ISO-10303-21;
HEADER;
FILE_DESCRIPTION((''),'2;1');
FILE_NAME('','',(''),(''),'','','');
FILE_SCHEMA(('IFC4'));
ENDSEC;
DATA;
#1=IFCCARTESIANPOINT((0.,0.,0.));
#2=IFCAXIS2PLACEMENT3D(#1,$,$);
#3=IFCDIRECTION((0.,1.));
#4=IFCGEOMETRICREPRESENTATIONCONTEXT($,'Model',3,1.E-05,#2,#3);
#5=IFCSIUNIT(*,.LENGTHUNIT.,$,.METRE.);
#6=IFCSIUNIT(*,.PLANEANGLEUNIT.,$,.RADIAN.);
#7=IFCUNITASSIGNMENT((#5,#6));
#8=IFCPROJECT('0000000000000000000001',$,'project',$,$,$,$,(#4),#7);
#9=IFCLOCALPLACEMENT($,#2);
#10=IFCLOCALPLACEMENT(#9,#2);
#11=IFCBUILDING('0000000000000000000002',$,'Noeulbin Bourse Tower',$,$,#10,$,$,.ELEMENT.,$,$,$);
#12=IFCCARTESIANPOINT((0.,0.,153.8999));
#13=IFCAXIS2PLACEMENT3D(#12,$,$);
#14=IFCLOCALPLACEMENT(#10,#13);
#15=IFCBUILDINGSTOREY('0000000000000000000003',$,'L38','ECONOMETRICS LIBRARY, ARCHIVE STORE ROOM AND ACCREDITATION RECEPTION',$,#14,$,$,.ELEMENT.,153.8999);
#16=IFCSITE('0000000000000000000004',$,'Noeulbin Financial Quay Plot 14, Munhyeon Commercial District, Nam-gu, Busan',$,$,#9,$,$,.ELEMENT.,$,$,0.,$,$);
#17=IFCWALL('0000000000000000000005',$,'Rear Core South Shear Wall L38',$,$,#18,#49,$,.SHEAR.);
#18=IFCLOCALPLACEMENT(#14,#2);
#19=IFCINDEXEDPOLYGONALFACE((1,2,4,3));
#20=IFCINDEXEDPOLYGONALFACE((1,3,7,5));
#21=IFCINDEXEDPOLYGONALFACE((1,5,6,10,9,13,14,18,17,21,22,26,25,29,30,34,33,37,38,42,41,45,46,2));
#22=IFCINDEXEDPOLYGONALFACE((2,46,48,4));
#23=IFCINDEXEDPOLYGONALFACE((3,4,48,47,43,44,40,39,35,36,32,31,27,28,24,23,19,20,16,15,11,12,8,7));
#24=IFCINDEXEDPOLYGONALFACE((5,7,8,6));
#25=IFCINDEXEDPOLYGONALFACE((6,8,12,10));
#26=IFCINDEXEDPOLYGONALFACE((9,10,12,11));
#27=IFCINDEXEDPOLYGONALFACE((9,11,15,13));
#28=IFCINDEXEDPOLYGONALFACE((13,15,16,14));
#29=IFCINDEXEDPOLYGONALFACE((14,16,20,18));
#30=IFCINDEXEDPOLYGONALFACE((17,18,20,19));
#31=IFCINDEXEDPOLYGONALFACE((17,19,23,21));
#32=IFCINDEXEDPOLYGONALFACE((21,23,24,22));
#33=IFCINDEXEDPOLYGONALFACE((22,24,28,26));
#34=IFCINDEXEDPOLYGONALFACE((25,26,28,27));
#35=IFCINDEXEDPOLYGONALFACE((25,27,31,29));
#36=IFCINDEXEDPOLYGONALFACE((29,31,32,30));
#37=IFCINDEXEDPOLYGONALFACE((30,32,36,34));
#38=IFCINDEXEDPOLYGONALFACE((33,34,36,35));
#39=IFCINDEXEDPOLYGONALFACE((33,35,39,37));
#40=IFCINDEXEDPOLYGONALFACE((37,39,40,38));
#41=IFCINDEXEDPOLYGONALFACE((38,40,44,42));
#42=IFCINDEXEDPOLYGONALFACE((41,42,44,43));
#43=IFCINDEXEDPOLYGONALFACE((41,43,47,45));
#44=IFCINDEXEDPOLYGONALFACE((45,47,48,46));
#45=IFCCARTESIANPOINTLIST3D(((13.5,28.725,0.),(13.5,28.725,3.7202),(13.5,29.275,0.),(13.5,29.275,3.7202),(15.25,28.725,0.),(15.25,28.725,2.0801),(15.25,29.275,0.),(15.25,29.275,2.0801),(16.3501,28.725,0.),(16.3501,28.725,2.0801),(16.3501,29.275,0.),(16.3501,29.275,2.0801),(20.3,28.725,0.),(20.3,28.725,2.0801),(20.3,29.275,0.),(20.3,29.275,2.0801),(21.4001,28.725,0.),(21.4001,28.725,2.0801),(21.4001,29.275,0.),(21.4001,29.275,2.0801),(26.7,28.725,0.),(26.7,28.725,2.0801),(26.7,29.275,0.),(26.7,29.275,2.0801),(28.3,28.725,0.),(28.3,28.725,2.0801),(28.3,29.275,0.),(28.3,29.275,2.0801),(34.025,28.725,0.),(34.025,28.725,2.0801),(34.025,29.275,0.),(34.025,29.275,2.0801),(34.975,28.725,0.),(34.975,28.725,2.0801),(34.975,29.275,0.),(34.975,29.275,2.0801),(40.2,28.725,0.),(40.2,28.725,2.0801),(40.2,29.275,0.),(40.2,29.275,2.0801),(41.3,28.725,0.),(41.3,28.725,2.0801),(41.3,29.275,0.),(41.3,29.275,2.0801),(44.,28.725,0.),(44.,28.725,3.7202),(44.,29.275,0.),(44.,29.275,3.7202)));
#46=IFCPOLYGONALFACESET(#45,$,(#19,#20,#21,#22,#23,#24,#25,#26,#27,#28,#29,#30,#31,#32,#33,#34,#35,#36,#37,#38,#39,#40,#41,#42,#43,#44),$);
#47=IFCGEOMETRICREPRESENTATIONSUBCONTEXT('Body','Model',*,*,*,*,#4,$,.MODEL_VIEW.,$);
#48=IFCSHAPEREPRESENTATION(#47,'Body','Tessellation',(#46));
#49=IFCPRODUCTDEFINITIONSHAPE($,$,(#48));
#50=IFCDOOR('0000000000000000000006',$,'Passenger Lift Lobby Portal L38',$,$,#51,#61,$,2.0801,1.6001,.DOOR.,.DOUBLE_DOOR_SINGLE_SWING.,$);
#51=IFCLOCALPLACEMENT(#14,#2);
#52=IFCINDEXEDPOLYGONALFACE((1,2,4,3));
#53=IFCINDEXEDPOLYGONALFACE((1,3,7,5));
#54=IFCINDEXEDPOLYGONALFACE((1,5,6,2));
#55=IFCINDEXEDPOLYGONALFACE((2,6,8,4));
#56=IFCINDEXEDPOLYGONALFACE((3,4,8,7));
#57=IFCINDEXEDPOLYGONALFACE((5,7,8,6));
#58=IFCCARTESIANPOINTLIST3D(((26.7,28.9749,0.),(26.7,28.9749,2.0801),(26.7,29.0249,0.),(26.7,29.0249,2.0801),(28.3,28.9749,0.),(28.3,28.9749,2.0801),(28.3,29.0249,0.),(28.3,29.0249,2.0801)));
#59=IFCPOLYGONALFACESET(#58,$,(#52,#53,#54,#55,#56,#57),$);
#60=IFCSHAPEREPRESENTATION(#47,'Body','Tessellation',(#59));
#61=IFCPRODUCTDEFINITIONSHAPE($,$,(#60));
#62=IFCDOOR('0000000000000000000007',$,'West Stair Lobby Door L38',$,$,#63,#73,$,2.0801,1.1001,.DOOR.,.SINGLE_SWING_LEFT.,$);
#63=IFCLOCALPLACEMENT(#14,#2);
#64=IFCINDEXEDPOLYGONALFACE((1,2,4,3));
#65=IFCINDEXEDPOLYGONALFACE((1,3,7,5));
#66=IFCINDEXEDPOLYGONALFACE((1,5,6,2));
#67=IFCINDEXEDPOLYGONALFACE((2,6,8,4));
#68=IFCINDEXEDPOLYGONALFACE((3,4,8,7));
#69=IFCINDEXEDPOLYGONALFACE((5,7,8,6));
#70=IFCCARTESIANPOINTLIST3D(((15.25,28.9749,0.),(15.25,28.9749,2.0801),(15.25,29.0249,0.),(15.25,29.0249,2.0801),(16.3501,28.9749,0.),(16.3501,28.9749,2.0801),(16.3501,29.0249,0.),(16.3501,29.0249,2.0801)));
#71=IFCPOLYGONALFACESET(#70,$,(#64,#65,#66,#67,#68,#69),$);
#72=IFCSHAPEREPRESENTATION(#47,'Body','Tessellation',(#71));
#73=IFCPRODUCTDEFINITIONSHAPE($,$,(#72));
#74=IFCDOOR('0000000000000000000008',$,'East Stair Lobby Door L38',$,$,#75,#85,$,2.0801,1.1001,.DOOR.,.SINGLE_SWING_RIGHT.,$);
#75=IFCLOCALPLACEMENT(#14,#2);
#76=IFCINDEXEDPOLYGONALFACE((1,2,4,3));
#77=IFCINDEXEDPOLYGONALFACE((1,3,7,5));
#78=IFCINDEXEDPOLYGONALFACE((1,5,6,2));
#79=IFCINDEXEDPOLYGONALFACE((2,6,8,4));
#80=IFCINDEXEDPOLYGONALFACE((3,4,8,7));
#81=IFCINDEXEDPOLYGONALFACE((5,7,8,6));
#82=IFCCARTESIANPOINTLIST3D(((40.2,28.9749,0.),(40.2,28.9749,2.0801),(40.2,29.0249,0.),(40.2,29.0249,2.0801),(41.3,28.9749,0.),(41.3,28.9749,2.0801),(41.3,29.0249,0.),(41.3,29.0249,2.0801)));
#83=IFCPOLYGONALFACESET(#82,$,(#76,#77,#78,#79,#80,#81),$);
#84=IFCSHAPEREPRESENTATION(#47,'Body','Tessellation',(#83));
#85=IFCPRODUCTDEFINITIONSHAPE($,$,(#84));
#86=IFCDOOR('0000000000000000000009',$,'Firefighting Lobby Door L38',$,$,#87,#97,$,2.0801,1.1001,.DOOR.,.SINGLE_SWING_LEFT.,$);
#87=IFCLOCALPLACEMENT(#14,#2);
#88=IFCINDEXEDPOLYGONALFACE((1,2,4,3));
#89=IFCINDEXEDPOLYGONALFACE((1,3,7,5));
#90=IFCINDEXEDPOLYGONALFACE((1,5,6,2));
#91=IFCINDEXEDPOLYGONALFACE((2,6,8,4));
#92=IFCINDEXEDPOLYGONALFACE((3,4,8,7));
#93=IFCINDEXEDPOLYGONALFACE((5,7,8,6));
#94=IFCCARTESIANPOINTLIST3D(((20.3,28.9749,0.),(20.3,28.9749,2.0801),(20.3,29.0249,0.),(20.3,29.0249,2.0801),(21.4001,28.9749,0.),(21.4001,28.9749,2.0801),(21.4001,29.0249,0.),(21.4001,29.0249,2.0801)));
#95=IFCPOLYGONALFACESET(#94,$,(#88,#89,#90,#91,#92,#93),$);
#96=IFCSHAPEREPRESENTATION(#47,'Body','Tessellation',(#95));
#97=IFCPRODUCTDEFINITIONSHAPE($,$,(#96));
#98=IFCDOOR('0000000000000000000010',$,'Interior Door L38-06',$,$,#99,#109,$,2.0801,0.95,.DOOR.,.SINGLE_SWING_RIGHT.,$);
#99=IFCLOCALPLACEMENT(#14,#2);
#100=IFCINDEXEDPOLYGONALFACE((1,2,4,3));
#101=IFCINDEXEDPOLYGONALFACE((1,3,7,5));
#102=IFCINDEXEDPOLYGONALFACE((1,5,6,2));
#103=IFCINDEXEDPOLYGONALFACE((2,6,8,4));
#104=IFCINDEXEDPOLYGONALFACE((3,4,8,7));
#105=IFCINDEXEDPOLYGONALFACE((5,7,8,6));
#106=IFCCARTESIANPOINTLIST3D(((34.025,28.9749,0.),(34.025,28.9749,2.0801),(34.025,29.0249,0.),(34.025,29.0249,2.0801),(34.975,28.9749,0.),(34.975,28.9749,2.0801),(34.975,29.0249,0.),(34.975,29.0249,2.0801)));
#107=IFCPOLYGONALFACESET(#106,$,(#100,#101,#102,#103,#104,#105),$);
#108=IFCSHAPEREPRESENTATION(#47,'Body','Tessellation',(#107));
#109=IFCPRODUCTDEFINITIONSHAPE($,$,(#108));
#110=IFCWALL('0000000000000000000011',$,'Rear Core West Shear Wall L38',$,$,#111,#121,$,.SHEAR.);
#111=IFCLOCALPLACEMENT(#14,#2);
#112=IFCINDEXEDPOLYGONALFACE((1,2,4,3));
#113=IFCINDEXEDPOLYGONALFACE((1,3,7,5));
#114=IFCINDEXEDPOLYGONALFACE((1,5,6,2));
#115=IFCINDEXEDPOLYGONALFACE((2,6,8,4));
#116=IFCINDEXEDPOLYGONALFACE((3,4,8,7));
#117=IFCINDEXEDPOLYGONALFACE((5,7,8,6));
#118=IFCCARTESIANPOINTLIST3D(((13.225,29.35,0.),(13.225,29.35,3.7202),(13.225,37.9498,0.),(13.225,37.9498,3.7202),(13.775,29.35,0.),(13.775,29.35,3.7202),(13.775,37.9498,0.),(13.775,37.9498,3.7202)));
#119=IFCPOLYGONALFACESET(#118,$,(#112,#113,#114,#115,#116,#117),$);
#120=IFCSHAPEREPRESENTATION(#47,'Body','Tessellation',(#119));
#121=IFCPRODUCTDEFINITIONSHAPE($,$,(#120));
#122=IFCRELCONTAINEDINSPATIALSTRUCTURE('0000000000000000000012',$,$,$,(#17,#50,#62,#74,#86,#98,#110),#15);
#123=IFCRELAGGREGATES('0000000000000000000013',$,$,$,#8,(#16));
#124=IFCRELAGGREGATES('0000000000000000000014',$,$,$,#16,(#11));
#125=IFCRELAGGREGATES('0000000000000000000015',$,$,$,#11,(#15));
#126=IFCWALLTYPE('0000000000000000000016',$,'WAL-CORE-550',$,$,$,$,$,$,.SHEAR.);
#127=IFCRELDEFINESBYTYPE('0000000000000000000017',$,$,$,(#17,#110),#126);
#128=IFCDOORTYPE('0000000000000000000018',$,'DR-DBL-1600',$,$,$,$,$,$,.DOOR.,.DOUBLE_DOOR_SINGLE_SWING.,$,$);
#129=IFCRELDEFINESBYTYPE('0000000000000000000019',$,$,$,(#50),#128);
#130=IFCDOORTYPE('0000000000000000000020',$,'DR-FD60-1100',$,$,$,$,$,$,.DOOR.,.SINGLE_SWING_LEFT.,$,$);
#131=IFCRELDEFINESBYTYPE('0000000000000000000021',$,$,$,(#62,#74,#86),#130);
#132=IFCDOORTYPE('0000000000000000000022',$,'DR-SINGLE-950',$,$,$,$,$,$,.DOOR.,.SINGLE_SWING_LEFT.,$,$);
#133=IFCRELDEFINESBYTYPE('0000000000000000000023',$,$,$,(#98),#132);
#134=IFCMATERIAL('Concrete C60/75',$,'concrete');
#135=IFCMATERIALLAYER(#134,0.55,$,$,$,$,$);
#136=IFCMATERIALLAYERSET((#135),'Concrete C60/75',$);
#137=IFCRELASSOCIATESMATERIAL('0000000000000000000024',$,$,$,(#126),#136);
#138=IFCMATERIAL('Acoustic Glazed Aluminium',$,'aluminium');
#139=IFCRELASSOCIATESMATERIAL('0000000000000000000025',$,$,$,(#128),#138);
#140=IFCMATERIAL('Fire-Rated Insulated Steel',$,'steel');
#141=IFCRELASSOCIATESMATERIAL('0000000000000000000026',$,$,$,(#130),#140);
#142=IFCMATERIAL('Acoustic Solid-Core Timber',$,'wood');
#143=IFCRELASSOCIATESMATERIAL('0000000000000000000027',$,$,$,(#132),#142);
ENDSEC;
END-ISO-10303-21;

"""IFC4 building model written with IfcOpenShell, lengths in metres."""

from ifc_helpers import new_model, si_unit, direction, frame, frame_2d, origin, place, context, subcontext, project, spatial, rectangle, extrude, material, layer, layer_set, type_object, element, fill, save


model = new_model("IFC4")

# Units and contexts
model_context = context("Model", 3, precision=1e-05, world=origin(), true_north=direction((0.0, 1.0)))
body_context = subcontext(model_context, "Body", "Model", "MODEL_VIEW")
ifc_project = project(units=[si_unit("LENGTHUNIT", "METRE"), si_unit("PLANEANGLEUNIT", "RADIAN")], contexts=[model_context])

# Site, building, storey
site_placement = place(None, origin())
site = spatial("IfcSite", under=ifc_project, at=site_placement, Name="Noeulbin Financial Quay Plot 14, Munhyeon Commercial District, Nam-gu, Busan", CompositionType="ELEMENT", RefElevation=0.0)
building_placement = place(site_placement, origin())
building = spatial("IfcBuilding", under=site, at=building_placement, Name="Noeulbin Bourse Tower", CompositionType="ELEMENT")
storey_placement = place(building_placement, frame((0.0, 0.0, 153.8999)))
storey = spatial("IfcBuildingStorey", under=building, at=storey_placement, Name="L38", Description="ECONOMETRICS LIBRARY, ARCHIVE STORE ROOM AND ACCREDITATION RECEPTION", CompositionType="ELEMENT", Elevation=153.8999)

# Wall, openings, doors
ifc_material_1 = material(Name="Concrete C60/75", Category="concrete")
ifc_layer_1 = layer(ifc_material_1, 0.55)
ifc_layer_set_1 = layer_set([ifc_layer_1], Name="Concrete C60/75")
wall_type_1 = type_object("IfcWallType", Name="WAL-CORE-550", PredefinedType="SHEAR", material=ifc_layer_set_1)
wall_1_placement = place(storey_placement, frame((13.5, 29.0, 0.0), z_axis=(0.0, 0.0, 1.0), x_axis=(1.0, 0.0, 0.0)))
wall_1 = element("IfcWall", 1, at=wall_1_placement, inside=storey, type_object=wall_type_1, Name="Rear Core South Shear Wall L38", PredefinedType="SHEAR", context=body_context, shape_type="SweptSolid", body=[
    extrude(rectangle(XDim=30.5, YDim=0.55, at=frame_2d((15.25, 0.0))), origin(), (0.0, 0.0, 1.0), 3.7202),
])
opening_1_placement = place(wall_1_placement, frame((1.75, 0.0, 0.0)))
opening_1 = element("IfcOpeningElement", 2, at=opening_1_placement, cuts=wall_1, PredefinedType="OPENING", context=body_context, shape_type="SweptSolid", body=[
    extrude(rectangle(XDim=1.1001, YDim=2.0801, at=frame_2d((0.55, 1.04))), frame((0.0, 0.2849, 0.0), z_axis=(0.0, -1.0, 0.0), x_axis=(1.0, 0.0, 0.0)), (0.0, 0.0, 1.0), 0.5701),
])
opening_2_placement = place(wall_1_placement, frame((26.7, 0.0, 0.0)))
opening_2 = element("IfcOpeningElement", 3, at=opening_2_placement, cuts=wall_1, PredefinedType="OPENING", context=body_context, shape_type="SweptSolid", body=[
    extrude(rectangle(XDim=1.1001, YDim=2.0801, at=frame_2d((0.55, 1.04))), frame((0.0, 0.2849, 0.0), z_axis=(0.0, -1.0, 0.0), x_axis=(1.0, 0.0, 0.0)), (0.0, 0.0, 1.0), 0.5701),
])
opening_3_placement = place(wall_1_placement, frame((6.8, 0.0, 0.0)))
opening_3 = element("IfcOpeningElement", 4, at=opening_3_placement, cuts=wall_1, PredefinedType="OPENING", context=body_context, shape_type="SweptSolid", body=[
    extrude(rectangle(XDim=1.1001, YDim=2.0801, at=frame_2d((0.55, 1.04))), frame((0.0, 0.2849, 0.0), z_axis=(0.0, -1.0, 0.0), x_axis=(1.0, 0.0, 0.0)), (0.0, 0.0, 1.0), 0.5701),
])
opening_4_placement = place(wall_1_placement, frame((13.2, 0.0, 0.0)))
opening_4 = element("IfcOpeningElement", 5, at=opening_4_placement, cuts=wall_1, PredefinedType="OPENING", context=body_context, shape_type="SweptSolid", body=[
    extrude(rectangle(XDim=1.6001, YDim=2.0801, at=frame_2d((0.8, 1.04))), frame((0.0, 0.2849, 0.0), z_axis=(0.0, -1.0, 0.0), x_axis=(1.0, 0.0, 0.0)), (0.0, 0.0, 1.0), 0.5701),
])
opening_5_placement = place(wall_1_placement, frame((20.5249, 0.0, 0.0)))
opening_5 = element("IfcOpeningElement", 6, at=opening_5_placement, cuts=wall_1, PredefinedType="OPENING", context=body_context, shape_type="SweptSolid", body=[
    extrude(rectangle(XDim=0.95, YDim=2.0801, at=frame_2d((0.4751, 1.04))), frame((0.0, 0.2849, 0.0), z_axis=(0.0, -1.0, 0.0), x_axis=(1.0, 0.0, 0.0)), (0.0, 0.0, 1.0), 0.5701),
])
ifc_material_2 = material(Name="Acoustic Glazed Aluminium", Category="aluminium")
door_type_1 = type_object("IfcDoorType", Name="DR-DBL-1600", OperationType="DOUBLE_DOOR_SINGLE_SWING", PredefinedType="DOOR", material=ifc_material_2)
door_1_placement = place(opening_4_placement, origin())
door_1 = element("IfcDoor", 7, at=door_1_placement, inside=storey, type_object=door_type_1, Name="Passenger Lift Lobby Portal L38", OperationType="DOUBLE_DOOR_SINGLE_SWING", OverallHeight=2.0801, OverallWidth=1.6001, PredefinedType="DOOR", context=body_context, shape_type="SweptSolid", body=[
    extrude(rectangle(XDim=1.6001, YDim=2.0801, at=frame_2d((0.8, 1.04))), frame((0.0, 0.0249, 0.0), z_axis=(0.0, -1.0, 0.0), x_axis=(1.0, 0.0, 0.0)), (0.0, 0.0, 1.0), 0.05),
])
fill(opening_4, door_1)
ifc_material_3 = material(Name="Fire-Rated Insulated Steel", Category="steel")
door_type_2 = type_object("IfcDoorType", Name="DR-FD60-1100", OperationType="SINGLE_SWING_LEFT", PredefinedType="DOOR", material=ifc_material_3)
door_2_placement = place(opening_1_placement, origin())
door_2 = element("IfcDoor", 8, at=door_2_placement, inside=storey, type_object=door_type_2, Name="West Stair Lobby Door L38", OperationType="SINGLE_SWING_LEFT", OverallHeight=2.0801, OverallWidth=1.1001, PredefinedType="DOOR", context=body_context, shape_type="SweptSolid", body=[
    extrude(rectangle(XDim=1.1001, YDim=2.0801, at=frame_2d((0.55, 1.04))), frame((0.0, 0.0249, 0.0), z_axis=(0.0, -1.0, 0.0), x_axis=(1.0, 0.0, 0.0)), (0.0, 0.0, 1.0), 0.05),
])
fill(opening_1, door_2)
door_3_placement = place(opening_2_placement, origin())
door_3 = element("IfcDoor", 9, at=door_3_placement, inside=storey, type_object=door_type_2, Name="East Stair Lobby Door L38", OperationType="SINGLE_SWING_RIGHT", OverallHeight=2.0801, OverallWidth=1.1001, PredefinedType="DOOR", context=body_context, shape_type="SweptSolid", body=[
    extrude(rectangle(XDim=1.1001, YDim=2.0801, at=frame_2d((0.55, 1.04))), frame((0.0, 0.0249, 0.0), z_axis=(0.0, -1.0, 0.0), x_axis=(1.0, 0.0, 0.0)), (0.0, 0.0, 1.0), 0.05),
])
fill(opening_2, door_3)
door_4_placement = place(opening_3_placement, origin())
door_4 = element("IfcDoor", 10, at=door_4_placement, inside=storey, type_object=door_type_2, Name="Firefighting Lobby Door L38", OperationType="SINGLE_SWING_LEFT", OverallHeight=2.0801, OverallWidth=1.1001, PredefinedType="DOOR", context=body_context, shape_type="SweptSolid", body=[
    extrude(rectangle(XDim=1.1001, YDim=2.0801, at=frame_2d((0.55, 1.04))), frame((0.0, 0.0249, 0.0), z_axis=(0.0, -1.0, 0.0), x_axis=(1.0, 0.0, 0.0)), (0.0, 0.0, 1.0), 0.05),
])
fill(opening_3, door_4)
ifc_material_4 = material(Name="Acoustic Solid-Core Timber", Category="wood")
door_type_3 = type_object("IfcDoorType", Name="DR-SINGLE-950", OperationType="SINGLE_SWING_LEFT", PredefinedType="DOOR", material=ifc_material_4)
door_5_placement = place(opening_5_placement, origin())
door_5 = element("IfcDoor", 11, at=door_5_placement, inside=storey, type_object=door_type_3, Name="Interior Door L38-06", OperationType="SINGLE_SWING_RIGHT", OverallHeight=2.0801, OverallWidth=0.95, PredefinedType="DOOR", context=body_context, shape_type="SweptSolid", body=[
    extrude(rectangle(XDim=0.95, YDim=2.0801, at=frame_2d((0.4751, 1.04))), frame((0.0, 0.0249, 0.0), z_axis=(0.0, -1.0, 0.0), x_axis=(1.0, 0.0, 0.0)), (0.0, 0.0, 1.0), 0.05),
])
fill(opening_5, door_5)

# Wall
wall_2_placement = place(storey_placement, frame((13.5, 29.3501, 0.0), z_axis=(0.0, 0.0, 1.0), x_axis=(0.0, 1.0, 0.0)))
element("IfcWall", 12, at=wall_2_placement, inside=storey, type_object=wall_type_1, Name="Rear Core West Shear Wall L38", PredefinedType="SHEAR", context=body_context, shape_type="SweptSolid", body=[
    extrude(rectangle(XDim=8.5999, YDim=0.55, at=frame_2d((4.2998, 0.0))), origin(), (0.0, 0.0, 1.0), 3.7202),
])

save(model, "model.ifc")
